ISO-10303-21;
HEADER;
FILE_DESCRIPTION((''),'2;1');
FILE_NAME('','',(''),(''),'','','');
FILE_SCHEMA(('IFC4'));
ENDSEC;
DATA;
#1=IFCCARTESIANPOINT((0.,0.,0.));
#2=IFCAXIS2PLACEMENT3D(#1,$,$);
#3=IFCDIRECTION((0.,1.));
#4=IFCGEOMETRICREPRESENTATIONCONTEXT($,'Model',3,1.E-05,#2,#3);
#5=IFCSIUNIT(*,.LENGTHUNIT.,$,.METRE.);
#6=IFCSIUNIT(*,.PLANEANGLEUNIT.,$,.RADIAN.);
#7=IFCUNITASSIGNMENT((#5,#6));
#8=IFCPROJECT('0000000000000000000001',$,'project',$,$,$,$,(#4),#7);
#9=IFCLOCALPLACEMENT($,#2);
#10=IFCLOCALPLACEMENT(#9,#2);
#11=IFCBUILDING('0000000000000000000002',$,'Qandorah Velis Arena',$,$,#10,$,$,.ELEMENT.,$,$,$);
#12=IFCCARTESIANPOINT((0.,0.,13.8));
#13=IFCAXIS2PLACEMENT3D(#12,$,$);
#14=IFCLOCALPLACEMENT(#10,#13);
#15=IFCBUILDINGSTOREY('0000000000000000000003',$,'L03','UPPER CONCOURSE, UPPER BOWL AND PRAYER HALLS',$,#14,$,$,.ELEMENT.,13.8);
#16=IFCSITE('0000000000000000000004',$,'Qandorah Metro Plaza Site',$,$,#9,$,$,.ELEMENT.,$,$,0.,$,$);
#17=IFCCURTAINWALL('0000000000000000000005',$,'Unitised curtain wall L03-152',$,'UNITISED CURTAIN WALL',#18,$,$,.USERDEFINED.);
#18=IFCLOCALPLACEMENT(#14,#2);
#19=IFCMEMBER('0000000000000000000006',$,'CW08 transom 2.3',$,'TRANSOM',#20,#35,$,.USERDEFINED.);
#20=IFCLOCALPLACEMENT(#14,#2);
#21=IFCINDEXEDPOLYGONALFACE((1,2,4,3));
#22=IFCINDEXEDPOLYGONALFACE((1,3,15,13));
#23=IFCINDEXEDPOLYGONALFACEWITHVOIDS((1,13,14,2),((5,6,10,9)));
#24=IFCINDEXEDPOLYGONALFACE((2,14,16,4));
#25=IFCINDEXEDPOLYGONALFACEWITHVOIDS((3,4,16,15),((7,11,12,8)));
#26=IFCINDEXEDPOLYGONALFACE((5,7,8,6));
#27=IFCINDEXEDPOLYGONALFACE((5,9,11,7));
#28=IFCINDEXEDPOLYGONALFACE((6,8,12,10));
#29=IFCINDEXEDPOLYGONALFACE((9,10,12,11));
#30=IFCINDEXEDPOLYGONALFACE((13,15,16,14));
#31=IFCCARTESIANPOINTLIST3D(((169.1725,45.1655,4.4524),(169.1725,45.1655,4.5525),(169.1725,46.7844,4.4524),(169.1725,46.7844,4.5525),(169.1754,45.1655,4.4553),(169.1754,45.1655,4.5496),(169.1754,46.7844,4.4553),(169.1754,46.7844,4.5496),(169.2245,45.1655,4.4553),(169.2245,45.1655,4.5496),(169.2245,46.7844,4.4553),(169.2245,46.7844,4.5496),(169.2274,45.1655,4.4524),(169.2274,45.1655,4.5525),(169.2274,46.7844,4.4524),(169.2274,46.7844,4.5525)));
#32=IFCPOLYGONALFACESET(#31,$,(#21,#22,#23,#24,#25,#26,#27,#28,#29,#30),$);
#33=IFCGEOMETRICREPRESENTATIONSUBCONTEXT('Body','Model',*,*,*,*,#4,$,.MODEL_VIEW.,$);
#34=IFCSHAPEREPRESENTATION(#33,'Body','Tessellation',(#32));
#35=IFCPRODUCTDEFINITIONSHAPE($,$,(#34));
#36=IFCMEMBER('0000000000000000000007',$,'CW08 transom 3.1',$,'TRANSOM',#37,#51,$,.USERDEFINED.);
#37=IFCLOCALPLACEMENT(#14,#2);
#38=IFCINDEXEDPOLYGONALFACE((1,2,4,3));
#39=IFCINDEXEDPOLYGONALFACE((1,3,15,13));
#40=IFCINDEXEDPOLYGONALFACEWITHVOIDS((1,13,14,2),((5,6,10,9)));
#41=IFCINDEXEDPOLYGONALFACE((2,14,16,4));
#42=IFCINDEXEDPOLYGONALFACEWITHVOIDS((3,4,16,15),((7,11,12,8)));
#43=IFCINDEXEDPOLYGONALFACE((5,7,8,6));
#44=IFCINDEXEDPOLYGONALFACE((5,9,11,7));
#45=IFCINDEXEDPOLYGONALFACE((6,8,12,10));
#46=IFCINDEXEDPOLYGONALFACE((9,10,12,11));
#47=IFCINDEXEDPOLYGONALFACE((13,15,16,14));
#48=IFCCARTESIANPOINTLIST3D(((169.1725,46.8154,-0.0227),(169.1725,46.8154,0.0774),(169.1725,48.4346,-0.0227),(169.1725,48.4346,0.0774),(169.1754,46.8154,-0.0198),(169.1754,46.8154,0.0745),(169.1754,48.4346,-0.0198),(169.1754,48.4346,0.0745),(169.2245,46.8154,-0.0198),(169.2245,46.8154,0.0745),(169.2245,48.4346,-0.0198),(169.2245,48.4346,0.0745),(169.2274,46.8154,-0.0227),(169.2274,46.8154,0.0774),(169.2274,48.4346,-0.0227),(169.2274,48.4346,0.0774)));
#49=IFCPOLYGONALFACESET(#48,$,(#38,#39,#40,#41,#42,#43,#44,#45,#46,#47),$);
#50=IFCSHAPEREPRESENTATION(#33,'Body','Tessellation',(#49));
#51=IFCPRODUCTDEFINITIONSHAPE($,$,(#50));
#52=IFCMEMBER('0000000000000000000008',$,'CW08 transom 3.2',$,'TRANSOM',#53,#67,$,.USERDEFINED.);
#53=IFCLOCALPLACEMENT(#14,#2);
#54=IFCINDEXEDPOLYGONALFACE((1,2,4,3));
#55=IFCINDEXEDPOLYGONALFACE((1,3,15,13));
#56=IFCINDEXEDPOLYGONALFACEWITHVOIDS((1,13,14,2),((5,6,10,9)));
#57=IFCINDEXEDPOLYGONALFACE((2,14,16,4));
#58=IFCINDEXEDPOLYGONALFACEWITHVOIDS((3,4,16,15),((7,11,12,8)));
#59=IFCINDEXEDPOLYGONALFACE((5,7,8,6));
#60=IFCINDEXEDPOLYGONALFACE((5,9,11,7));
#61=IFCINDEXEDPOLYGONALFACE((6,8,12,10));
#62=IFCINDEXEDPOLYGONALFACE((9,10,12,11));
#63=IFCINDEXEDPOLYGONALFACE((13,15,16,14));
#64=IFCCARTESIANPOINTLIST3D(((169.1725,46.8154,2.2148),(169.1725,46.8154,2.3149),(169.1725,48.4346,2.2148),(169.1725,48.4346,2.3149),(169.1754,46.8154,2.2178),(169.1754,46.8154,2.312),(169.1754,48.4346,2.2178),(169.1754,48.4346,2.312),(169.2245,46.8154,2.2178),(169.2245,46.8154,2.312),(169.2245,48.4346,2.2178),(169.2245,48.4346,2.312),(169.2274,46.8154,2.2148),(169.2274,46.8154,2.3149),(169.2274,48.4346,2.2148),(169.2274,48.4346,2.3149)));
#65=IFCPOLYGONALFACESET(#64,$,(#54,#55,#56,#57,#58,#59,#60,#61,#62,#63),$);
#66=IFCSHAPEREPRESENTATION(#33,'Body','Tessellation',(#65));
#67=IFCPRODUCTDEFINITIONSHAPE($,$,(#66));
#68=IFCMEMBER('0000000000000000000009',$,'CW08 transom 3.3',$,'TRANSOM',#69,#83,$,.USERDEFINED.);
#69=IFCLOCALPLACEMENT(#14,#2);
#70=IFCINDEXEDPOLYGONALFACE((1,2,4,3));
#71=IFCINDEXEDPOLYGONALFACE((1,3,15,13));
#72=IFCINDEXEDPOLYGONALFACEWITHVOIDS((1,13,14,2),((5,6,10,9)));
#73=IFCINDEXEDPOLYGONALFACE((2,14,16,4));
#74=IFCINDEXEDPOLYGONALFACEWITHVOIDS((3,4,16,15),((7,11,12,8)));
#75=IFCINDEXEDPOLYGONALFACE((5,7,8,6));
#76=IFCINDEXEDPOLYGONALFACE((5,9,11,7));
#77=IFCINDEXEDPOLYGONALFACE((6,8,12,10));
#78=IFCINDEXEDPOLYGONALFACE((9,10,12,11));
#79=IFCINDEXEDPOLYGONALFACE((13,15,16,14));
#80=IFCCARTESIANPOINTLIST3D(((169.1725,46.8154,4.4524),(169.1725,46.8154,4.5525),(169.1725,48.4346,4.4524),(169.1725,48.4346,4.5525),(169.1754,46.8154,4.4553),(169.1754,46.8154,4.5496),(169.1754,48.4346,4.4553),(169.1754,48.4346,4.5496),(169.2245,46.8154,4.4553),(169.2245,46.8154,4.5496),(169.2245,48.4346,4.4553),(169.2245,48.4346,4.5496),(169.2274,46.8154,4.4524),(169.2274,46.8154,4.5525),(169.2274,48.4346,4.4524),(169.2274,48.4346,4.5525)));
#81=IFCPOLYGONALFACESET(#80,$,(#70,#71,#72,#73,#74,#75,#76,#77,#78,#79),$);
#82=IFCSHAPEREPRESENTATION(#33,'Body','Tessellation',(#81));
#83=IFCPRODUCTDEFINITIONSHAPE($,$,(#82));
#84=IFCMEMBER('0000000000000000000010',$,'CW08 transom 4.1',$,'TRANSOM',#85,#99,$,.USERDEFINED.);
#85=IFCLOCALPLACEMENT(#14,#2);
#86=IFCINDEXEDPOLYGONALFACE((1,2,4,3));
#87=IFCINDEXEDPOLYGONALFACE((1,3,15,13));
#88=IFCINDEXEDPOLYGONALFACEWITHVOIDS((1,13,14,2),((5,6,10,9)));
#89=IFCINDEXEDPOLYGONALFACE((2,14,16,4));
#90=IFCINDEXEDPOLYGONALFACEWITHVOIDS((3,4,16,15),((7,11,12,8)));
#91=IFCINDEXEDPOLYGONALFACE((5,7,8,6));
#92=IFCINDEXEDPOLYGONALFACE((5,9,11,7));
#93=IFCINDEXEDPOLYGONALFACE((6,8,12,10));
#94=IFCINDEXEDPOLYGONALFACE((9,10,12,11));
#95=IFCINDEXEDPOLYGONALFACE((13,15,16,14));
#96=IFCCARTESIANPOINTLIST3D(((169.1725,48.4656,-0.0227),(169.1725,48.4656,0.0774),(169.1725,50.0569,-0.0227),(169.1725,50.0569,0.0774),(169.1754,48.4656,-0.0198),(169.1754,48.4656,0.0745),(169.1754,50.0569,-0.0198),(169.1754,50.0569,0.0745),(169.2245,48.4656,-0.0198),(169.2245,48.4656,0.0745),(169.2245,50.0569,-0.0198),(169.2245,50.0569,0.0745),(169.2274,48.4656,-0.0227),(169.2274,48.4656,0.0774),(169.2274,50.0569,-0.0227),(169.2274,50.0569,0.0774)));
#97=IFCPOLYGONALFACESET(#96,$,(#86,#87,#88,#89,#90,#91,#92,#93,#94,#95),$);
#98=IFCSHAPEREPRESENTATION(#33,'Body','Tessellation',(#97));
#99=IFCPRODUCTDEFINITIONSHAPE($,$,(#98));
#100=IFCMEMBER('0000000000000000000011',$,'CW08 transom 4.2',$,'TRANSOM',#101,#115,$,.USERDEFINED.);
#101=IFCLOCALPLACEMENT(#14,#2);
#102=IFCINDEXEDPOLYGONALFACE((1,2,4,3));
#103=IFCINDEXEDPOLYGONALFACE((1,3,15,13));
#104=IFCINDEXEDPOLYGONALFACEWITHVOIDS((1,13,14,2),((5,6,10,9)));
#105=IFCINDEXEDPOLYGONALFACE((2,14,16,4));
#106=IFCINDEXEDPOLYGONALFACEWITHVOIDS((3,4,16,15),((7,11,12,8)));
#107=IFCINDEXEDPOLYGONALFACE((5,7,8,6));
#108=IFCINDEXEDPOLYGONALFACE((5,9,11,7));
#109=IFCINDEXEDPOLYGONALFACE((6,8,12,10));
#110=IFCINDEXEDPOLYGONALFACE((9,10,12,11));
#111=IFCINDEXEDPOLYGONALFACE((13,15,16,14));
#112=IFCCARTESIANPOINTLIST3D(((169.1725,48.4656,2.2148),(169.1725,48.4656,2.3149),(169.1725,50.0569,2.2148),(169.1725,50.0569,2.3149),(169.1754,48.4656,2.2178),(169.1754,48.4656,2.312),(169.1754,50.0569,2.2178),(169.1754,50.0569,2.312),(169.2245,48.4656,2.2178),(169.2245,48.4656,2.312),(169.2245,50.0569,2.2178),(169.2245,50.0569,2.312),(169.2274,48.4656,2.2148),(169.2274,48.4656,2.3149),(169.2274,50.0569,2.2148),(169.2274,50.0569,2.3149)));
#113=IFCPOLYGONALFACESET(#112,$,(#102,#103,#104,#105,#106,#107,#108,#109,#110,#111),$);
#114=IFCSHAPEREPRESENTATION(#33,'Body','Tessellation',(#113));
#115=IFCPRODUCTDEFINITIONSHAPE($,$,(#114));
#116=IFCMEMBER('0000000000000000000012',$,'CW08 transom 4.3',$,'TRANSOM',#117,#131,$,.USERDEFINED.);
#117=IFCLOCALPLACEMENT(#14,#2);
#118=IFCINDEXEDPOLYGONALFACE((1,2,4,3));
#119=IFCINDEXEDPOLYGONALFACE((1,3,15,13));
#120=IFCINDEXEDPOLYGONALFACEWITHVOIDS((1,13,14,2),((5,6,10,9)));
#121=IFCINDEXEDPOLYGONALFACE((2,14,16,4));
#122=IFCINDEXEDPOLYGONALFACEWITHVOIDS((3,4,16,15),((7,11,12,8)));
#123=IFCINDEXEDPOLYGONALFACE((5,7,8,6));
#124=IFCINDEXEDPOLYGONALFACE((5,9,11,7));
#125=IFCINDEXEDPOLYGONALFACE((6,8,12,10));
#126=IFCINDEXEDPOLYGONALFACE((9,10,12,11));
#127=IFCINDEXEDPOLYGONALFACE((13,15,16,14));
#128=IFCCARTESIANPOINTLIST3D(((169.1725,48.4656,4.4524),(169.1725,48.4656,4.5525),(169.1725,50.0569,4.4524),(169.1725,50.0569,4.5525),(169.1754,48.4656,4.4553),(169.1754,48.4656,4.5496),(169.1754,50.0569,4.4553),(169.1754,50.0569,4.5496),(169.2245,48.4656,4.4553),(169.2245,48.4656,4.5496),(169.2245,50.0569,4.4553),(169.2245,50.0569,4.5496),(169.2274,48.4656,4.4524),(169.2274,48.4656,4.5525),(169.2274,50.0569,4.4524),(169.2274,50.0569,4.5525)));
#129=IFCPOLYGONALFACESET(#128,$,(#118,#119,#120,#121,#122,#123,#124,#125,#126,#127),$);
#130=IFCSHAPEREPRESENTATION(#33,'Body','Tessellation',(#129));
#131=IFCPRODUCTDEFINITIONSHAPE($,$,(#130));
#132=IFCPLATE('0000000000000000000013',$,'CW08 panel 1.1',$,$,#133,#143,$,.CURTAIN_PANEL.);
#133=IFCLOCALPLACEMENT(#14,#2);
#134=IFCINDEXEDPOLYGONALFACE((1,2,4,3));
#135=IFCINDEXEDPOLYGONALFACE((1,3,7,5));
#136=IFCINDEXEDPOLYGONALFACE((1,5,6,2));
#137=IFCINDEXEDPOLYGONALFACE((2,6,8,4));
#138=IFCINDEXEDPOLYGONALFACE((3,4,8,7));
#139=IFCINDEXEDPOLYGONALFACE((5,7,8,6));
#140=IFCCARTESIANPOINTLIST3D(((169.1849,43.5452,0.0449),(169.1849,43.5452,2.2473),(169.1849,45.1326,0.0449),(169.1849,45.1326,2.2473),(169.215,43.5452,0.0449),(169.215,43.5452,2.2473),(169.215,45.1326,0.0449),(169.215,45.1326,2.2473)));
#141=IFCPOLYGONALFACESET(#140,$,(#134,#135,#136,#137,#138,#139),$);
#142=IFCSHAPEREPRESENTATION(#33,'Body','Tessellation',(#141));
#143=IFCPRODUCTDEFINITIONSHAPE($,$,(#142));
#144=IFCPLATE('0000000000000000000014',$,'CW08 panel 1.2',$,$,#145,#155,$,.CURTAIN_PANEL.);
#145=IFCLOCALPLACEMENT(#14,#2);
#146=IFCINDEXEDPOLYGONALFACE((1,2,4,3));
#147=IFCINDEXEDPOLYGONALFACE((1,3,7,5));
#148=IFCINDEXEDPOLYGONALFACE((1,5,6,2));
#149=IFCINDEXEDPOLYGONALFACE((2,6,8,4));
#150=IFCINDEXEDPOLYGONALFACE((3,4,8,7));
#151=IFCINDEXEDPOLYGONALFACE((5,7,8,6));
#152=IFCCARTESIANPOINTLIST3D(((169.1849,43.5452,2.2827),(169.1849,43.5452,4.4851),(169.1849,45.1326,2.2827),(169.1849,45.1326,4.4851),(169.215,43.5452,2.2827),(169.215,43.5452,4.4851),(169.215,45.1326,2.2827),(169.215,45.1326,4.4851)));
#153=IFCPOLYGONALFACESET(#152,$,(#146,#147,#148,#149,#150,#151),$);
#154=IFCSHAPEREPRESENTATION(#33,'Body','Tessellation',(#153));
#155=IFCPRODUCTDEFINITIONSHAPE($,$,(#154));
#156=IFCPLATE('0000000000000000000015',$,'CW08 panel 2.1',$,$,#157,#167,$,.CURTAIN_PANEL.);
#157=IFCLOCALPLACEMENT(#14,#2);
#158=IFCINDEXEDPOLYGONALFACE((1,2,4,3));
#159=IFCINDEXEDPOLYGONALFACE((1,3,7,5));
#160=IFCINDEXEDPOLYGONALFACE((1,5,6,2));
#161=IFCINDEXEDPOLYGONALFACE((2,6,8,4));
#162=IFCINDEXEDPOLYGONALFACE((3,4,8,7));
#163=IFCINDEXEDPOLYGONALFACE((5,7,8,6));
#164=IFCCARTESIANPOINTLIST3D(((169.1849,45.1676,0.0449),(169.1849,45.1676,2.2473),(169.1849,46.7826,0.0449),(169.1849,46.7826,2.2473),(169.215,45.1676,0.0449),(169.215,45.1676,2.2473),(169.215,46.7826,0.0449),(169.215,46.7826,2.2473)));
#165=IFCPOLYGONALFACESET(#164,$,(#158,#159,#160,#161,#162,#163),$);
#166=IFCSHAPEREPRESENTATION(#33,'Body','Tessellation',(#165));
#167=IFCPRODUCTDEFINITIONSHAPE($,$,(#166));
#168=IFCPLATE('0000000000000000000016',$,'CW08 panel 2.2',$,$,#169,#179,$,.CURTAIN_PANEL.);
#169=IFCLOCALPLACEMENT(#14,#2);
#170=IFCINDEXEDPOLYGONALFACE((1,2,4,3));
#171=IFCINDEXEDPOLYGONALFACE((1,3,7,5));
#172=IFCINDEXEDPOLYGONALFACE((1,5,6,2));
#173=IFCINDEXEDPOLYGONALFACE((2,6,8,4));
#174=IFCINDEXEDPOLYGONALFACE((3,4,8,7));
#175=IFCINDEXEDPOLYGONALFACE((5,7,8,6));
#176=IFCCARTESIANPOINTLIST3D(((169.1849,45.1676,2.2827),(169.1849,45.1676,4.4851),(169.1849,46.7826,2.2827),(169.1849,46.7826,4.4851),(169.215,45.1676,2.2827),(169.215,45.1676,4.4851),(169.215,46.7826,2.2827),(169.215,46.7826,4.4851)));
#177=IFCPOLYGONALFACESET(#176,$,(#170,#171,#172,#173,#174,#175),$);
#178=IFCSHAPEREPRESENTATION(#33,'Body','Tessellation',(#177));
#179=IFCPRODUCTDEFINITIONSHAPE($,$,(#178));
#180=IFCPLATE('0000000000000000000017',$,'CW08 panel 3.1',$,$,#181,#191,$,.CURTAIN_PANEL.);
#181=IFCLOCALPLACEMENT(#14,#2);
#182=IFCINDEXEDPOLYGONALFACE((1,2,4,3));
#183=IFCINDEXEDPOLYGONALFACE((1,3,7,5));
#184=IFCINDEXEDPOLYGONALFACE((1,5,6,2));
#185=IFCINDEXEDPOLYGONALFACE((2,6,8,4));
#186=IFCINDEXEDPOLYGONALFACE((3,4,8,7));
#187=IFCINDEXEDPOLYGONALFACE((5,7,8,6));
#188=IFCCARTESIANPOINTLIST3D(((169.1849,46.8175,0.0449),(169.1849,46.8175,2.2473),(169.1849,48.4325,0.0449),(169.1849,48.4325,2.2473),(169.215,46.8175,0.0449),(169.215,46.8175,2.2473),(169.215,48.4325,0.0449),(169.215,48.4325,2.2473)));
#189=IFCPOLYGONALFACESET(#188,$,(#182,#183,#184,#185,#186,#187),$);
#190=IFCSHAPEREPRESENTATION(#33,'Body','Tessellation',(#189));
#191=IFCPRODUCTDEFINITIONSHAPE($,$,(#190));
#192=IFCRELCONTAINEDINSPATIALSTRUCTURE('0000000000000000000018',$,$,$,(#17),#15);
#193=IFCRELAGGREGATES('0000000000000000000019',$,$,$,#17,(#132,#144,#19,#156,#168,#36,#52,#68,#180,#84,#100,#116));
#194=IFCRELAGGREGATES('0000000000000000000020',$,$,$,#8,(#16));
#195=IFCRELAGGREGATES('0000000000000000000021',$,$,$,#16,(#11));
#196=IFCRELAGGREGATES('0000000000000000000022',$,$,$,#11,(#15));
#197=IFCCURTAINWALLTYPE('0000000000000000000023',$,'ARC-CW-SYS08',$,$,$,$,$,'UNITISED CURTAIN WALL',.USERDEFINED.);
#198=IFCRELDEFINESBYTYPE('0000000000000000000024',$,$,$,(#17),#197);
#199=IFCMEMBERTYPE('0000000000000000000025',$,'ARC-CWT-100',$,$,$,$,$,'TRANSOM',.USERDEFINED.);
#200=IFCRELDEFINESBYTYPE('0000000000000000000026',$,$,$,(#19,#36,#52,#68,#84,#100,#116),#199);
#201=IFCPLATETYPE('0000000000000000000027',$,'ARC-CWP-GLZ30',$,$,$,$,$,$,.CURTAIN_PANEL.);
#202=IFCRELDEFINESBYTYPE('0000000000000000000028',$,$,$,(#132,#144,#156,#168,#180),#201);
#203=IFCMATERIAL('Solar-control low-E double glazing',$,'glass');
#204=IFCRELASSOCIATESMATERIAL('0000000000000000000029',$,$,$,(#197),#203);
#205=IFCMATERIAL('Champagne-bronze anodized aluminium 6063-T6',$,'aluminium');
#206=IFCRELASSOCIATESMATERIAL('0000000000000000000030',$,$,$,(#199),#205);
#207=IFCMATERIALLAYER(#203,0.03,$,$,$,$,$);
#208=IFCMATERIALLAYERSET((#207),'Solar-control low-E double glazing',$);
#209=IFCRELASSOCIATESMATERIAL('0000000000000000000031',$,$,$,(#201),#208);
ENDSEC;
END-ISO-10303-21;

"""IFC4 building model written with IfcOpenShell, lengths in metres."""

from ifc_helpers import new_model, si_unit, direction, frame, origin, origin_2d, place, context, subcontext, project, spatial, rectangle, hollow_rectangle, extrude, material, layer, layer_set, material_profile, profile_set, type_object, element, aggregate, save


model = new_model("IFC4")

# Units and contexts
model_context = context("Model", 3, precision=1e-05, world=origin(), true_north=direction((0.0, 1.0)))
body_context = subcontext(model_context, "Body", "Model", "MODEL_VIEW")
ifc_project = project(units=[si_unit("LENGTHUNIT", "METRE"), si_unit("PLANEANGLEUNIT", "RADIAN")], contexts=[model_context])

# Site, building, storey
site_placement = place(None, origin())
site = spatial("IfcSite", under=ifc_project, at=site_placement, Name="Qandorah Metro Plaza Site", CompositionType="ELEMENT", RefElevation=0.0)
building_placement = place(site_placement, origin())
building = spatial("IfcBuilding", under=site, at=building_placement, Name="Qandorah Velis Arena", CompositionType="ELEMENT")
storey_placement = place(building_placement, frame((0.0, 0.0, 13.8)))
storey = spatial("IfcBuildingStorey", under=building, at=storey_placement, Name="L03", Description="UPPER CONCOURSE, UPPER BOWL AND PRAYER HALLS", CompositionType="ELEMENT", Elevation=13.8)

# Curtain wall, members, plates
ifc_material_1 = material(Name="Solar-control low-E double glazing", Category="glass")
curtain_wall_type = type_object("IfcCurtainWallType", Name="ARC-CW-SYS08", ElementType="UNITISED CURTAIN WALL", PredefinedType="USERDEFINED", material=ifc_material_1)
curtain_wall_placement = place(storey_placement, origin())
curtain_wall = element("IfcCurtainWall", 1, at=curtain_wall_placement, inside=storey, type_object=curtain_wall_type, Name="Unitised curtain wall L03-152", ObjectType="UNITISED CURTAIN WALL", PredefinedType="USERDEFINED")
ifc_material_2 = material(Name="Champagne-bronze anodized aluminium 6063-T6", Category="aluminium")
ifc_material_profile_1 = material_profile(ifc_material_2, hollow_rectangle(XDim=0.0549, YDim=0.1001, WallThickness=0.0029, at=origin_2d()), Name="ALU TRANSOM 55x100")
ifc_profile_set_1 = profile_set([ifc_material_profile_1], Name="Champagne-bronze anodized aluminium 6063-T6")
member_type_1 = type_object("IfcMemberType", Name="ARC-CWT-100", ElementType="TRANSOM", PredefinedType="USERDEFINED", material=ifc_profile_set_1)
member_1_placement = place(storey_placement, frame((169.2, 45.1655, 4.5024), z_axis=(0.0, 1.0, 0.0), x_axis=(-1.0, 0.0, 0.0)))
member_1 = element("IfcMember", 2, at=member_1_placement, type_object=member_type_1, Name="CW08 transom 2.3", ObjectType="TRANSOM", PredefinedType="USERDEFINED", context=body_context, shape_type="SweptSolid", body=[
    extrude(hollow_rectangle(XDim=0.0549, YDim=0.1001, WallThickness=0.0029, at=origin_2d()), origin(), (0.0, 0.0, 1.0), 1.6189),
])
member_2_placement = place(storey_placement, frame((169.2, 46.8154, 0.0273), z_axis=(0.0, 1.0, 0.0), x_axis=(-1.0, 0.0, 0.0)))
member_2 = element("IfcMember", 3, at=member_2_placement, type_object=member_type_1, Name="CW08 transom 3.1", ObjectType="TRANSOM", PredefinedType="USERDEFINED", context=body_context, shape_type="SweptSolid", body=[
    extrude(hollow_rectangle(XDim=0.0549, YDim=0.1001, WallThickness=0.0029, at=origin_2d()), origin(), (0.0, 0.0, 1.0), 1.6191),
])
member_3_placement = place(storey_placement, frame((169.2, 46.8154, 2.2649), z_axis=(0.0, 1.0, 0.0), x_axis=(-1.0, 0.0, 0.0)))
member_3 = element("IfcMember", 4, at=member_3_placement, type_object=member_type_1, Name="CW08 transom 3.2", ObjectType="TRANSOM", PredefinedType="USERDEFINED", context=body_context, shape_type="SweptSolid", body=[
    extrude(hollow_rectangle(XDim=0.0549, YDim=0.1001, WallThickness=0.0029, at=origin_2d()), origin(), (0.0, 0.0, 1.0), 1.6191),
])
member_4_placement = place(storey_placement, frame((169.2, 46.8154, 4.5024), z_axis=(0.0, 1.0, 0.0), x_axis=(-1.0, 0.0, 0.0)))
member_4 = element("IfcMember", 5, at=member_4_placement, type_object=member_type_1, Name="CW08 transom 3.3", ObjectType="TRANSOM", PredefinedType="USERDEFINED", context=body_context, shape_type="SweptSolid", body=[
    extrude(hollow_rectangle(XDim=0.0549, YDim=0.1001, WallThickness=0.0029, at=origin_2d()), origin(), (0.0, 0.0, 1.0), 1.6191),
])
member_5_placement = place(storey_placement, frame((169.2, 48.4656, 0.0273), z_axis=(0.0, 1.0, 0.0), x_axis=(-1.0, 0.0, 0.0)))
member_5 = element("IfcMember", 6, at=member_5_placement, type_object=member_type_1, Name="CW08 transom 4.1", ObjectType="TRANSOM", PredefinedType="USERDEFINED", context=body_context, shape_type="SweptSolid", body=[
    extrude(hollow_rectangle(XDim=0.0549, YDim=0.1001, WallThickness=0.0029, at=origin_2d()), origin(), (0.0, 0.0, 1.0), 1.5913),
])
member_6_placement = place(storey_placement, frame((169.2, 48.4656, 2.2649), z_axis=(0.0, 1.0, 0.0), x_axis=(-1.0, 0.0, 0.0)))
member_6 = element("IfcMember", 7, at=member_6_placement, type_object=member_type_1, Name="CW08 transom 4.2", ObjectType="TRANSOM", PredefinedType="USERDEFINED", context=body_context, shape_type="SweptSolid", body=[
    extrude(hollow_rectangle(XDim=0.0549, YDim=0.1001, WallThickness=0.0029, at=origin_2d()), origin(), (0.0, 0.0, 1.0), 1.5913),
])
member_7_placement = place(storey_placement, frame((169.2, 48.4656, 4.5024), z_axis=(0.0, 1.0, 0.0), x_axis=(-1.0, 0.0, 0.0)))
member_7 = element("IfcMember", 8, at=member_7_placement, type_object=member_type_1, Name="CW08 transom 4.3", ObjectType="TRANSOM", PredefinedType="USERDEFINED", context=body_context, shape_type="SweptSolid", body=[
    extrude(hollow_rectangle(XDim=0.0549, YDim=0.1001, WallThickness=0.0029, at=origin_2d()), origin(), (0.0, 0.0, 1.0), 1.5913),
])
ifc_layer_1 = layer(ifc_material_1, 0.03)
ifc_layer_set_1 = layer_set([ifc_layer_1], Name="Solar-control low-E double glazing")
plate_type = type_object("IfcPlateType", Name="ARC-CWP-GLZ30", PredefinedType="CURTAIN_PANEL", material=ifc_layer_set_1)
plate_1_placement = place(storey_placement, frame((169.2, 44.3389, 0.0449), z_axis=(0.0, 0.0, 1.0), x_axis=(0.0, 1.0, 0.0)))
plate_1 = element("IfcPlate", 9, at=plate_1_placement, type_object=plate_type, Name="CW08 panel 1.1", PredefinedType="CURTAIN_PANEL", context=body_context, shape_type="SweptSolid", body=[
    extrude(rectangle(XDim=1.5874, YDim=0.03, at=origin_2d()), origin(), (0.0, 0.0, 1.0), 2.2024),
])
plate_2_placement = place(storey_placement, frame((169.2, 44.3389, 2.2827), z_axis=(0.0, 0.0, 1.0), x_axis=(0.0, 1.0, 0.0)))
plate_2 = element("IfcPlate", 10, at=plate_2_placement, type_object=plate_type, Name="CW08 panel 1.2", PredefinedType="CURTAIN_PANEL", context=body_context, shape_type="SweptSolid", body=[
    extrude(rectangle(XDim=1.5874, YDim=0.03, at=origin_2d()), origin(), (0.0, 0.0, 1.0), 2.2024),
])
plate_3_placement = place(storey_placement, frame((169.2, 45.9751, 0.0449), z_axis=(0.0, 0.0, 1.0), x_axis=(0.0, 1.0, 0.0)))
plate_3 = element("IfcPlate", 11, at=plate_3_placement, type_object=plate_type, Name="CW08 panel 2.1", PredefinedType="CURTAIN_PANEL", context=body_context, shape_type="SweptSolid", body=[
    extrude(rectangle(XDim=1.615, YDim=0.03, at=origin_2d()), origin(), (0.0, 0.0, 1.0), 2.2024),
])
plate_4_placement = place(storey_placement, frame((169.2, 45.9751, 2.2827), z_axis=(0.0, 0.0, 1.0), x_axis=(0.0, 1.0, 0.0)))
plate_4 = element("IfcPlate", 12, at=plate_4_placement, type_object=plate_type, Name="CW08 panel 2.2", PredefinedType="CURTAIN_PANEL", context=body_context, shape_type="SweptSolid", body=[
    extrude(rectangle(XDim=1.615, YDim=0.03, at=origin_2d()), origin(), (0.0, 0.0, 1.0), 2.2024),
])
plate_5_placement = place(storey_placement, frame((169.2, 47.625, 0.0449), z_axis=(0.0, 0.0, 1.0), x_axis=(0.0, 1.0, 0.0)))
plate_5 = element("IfcPlate", 13, at=plate_5_placement, type_object=plate_type, Name="CW08 panel 3.1", PredefinedType="CURTAIN_PANEL", context=body_context, shape_type="SweptSolid", body=[
    extrude(rectangle(XDim=1.615, YDim=0.03, at=origin_2d()), origin(), (0.0, 0.0, 1.0), 2.2024),
])
aggregate(curtain_wall, [plate_1, plate_2, member_1, plate_3, plate_4, member_2, member_3, member_4, plate_5, member_5, member_6, member_7])

save(model, "model.ifc")
